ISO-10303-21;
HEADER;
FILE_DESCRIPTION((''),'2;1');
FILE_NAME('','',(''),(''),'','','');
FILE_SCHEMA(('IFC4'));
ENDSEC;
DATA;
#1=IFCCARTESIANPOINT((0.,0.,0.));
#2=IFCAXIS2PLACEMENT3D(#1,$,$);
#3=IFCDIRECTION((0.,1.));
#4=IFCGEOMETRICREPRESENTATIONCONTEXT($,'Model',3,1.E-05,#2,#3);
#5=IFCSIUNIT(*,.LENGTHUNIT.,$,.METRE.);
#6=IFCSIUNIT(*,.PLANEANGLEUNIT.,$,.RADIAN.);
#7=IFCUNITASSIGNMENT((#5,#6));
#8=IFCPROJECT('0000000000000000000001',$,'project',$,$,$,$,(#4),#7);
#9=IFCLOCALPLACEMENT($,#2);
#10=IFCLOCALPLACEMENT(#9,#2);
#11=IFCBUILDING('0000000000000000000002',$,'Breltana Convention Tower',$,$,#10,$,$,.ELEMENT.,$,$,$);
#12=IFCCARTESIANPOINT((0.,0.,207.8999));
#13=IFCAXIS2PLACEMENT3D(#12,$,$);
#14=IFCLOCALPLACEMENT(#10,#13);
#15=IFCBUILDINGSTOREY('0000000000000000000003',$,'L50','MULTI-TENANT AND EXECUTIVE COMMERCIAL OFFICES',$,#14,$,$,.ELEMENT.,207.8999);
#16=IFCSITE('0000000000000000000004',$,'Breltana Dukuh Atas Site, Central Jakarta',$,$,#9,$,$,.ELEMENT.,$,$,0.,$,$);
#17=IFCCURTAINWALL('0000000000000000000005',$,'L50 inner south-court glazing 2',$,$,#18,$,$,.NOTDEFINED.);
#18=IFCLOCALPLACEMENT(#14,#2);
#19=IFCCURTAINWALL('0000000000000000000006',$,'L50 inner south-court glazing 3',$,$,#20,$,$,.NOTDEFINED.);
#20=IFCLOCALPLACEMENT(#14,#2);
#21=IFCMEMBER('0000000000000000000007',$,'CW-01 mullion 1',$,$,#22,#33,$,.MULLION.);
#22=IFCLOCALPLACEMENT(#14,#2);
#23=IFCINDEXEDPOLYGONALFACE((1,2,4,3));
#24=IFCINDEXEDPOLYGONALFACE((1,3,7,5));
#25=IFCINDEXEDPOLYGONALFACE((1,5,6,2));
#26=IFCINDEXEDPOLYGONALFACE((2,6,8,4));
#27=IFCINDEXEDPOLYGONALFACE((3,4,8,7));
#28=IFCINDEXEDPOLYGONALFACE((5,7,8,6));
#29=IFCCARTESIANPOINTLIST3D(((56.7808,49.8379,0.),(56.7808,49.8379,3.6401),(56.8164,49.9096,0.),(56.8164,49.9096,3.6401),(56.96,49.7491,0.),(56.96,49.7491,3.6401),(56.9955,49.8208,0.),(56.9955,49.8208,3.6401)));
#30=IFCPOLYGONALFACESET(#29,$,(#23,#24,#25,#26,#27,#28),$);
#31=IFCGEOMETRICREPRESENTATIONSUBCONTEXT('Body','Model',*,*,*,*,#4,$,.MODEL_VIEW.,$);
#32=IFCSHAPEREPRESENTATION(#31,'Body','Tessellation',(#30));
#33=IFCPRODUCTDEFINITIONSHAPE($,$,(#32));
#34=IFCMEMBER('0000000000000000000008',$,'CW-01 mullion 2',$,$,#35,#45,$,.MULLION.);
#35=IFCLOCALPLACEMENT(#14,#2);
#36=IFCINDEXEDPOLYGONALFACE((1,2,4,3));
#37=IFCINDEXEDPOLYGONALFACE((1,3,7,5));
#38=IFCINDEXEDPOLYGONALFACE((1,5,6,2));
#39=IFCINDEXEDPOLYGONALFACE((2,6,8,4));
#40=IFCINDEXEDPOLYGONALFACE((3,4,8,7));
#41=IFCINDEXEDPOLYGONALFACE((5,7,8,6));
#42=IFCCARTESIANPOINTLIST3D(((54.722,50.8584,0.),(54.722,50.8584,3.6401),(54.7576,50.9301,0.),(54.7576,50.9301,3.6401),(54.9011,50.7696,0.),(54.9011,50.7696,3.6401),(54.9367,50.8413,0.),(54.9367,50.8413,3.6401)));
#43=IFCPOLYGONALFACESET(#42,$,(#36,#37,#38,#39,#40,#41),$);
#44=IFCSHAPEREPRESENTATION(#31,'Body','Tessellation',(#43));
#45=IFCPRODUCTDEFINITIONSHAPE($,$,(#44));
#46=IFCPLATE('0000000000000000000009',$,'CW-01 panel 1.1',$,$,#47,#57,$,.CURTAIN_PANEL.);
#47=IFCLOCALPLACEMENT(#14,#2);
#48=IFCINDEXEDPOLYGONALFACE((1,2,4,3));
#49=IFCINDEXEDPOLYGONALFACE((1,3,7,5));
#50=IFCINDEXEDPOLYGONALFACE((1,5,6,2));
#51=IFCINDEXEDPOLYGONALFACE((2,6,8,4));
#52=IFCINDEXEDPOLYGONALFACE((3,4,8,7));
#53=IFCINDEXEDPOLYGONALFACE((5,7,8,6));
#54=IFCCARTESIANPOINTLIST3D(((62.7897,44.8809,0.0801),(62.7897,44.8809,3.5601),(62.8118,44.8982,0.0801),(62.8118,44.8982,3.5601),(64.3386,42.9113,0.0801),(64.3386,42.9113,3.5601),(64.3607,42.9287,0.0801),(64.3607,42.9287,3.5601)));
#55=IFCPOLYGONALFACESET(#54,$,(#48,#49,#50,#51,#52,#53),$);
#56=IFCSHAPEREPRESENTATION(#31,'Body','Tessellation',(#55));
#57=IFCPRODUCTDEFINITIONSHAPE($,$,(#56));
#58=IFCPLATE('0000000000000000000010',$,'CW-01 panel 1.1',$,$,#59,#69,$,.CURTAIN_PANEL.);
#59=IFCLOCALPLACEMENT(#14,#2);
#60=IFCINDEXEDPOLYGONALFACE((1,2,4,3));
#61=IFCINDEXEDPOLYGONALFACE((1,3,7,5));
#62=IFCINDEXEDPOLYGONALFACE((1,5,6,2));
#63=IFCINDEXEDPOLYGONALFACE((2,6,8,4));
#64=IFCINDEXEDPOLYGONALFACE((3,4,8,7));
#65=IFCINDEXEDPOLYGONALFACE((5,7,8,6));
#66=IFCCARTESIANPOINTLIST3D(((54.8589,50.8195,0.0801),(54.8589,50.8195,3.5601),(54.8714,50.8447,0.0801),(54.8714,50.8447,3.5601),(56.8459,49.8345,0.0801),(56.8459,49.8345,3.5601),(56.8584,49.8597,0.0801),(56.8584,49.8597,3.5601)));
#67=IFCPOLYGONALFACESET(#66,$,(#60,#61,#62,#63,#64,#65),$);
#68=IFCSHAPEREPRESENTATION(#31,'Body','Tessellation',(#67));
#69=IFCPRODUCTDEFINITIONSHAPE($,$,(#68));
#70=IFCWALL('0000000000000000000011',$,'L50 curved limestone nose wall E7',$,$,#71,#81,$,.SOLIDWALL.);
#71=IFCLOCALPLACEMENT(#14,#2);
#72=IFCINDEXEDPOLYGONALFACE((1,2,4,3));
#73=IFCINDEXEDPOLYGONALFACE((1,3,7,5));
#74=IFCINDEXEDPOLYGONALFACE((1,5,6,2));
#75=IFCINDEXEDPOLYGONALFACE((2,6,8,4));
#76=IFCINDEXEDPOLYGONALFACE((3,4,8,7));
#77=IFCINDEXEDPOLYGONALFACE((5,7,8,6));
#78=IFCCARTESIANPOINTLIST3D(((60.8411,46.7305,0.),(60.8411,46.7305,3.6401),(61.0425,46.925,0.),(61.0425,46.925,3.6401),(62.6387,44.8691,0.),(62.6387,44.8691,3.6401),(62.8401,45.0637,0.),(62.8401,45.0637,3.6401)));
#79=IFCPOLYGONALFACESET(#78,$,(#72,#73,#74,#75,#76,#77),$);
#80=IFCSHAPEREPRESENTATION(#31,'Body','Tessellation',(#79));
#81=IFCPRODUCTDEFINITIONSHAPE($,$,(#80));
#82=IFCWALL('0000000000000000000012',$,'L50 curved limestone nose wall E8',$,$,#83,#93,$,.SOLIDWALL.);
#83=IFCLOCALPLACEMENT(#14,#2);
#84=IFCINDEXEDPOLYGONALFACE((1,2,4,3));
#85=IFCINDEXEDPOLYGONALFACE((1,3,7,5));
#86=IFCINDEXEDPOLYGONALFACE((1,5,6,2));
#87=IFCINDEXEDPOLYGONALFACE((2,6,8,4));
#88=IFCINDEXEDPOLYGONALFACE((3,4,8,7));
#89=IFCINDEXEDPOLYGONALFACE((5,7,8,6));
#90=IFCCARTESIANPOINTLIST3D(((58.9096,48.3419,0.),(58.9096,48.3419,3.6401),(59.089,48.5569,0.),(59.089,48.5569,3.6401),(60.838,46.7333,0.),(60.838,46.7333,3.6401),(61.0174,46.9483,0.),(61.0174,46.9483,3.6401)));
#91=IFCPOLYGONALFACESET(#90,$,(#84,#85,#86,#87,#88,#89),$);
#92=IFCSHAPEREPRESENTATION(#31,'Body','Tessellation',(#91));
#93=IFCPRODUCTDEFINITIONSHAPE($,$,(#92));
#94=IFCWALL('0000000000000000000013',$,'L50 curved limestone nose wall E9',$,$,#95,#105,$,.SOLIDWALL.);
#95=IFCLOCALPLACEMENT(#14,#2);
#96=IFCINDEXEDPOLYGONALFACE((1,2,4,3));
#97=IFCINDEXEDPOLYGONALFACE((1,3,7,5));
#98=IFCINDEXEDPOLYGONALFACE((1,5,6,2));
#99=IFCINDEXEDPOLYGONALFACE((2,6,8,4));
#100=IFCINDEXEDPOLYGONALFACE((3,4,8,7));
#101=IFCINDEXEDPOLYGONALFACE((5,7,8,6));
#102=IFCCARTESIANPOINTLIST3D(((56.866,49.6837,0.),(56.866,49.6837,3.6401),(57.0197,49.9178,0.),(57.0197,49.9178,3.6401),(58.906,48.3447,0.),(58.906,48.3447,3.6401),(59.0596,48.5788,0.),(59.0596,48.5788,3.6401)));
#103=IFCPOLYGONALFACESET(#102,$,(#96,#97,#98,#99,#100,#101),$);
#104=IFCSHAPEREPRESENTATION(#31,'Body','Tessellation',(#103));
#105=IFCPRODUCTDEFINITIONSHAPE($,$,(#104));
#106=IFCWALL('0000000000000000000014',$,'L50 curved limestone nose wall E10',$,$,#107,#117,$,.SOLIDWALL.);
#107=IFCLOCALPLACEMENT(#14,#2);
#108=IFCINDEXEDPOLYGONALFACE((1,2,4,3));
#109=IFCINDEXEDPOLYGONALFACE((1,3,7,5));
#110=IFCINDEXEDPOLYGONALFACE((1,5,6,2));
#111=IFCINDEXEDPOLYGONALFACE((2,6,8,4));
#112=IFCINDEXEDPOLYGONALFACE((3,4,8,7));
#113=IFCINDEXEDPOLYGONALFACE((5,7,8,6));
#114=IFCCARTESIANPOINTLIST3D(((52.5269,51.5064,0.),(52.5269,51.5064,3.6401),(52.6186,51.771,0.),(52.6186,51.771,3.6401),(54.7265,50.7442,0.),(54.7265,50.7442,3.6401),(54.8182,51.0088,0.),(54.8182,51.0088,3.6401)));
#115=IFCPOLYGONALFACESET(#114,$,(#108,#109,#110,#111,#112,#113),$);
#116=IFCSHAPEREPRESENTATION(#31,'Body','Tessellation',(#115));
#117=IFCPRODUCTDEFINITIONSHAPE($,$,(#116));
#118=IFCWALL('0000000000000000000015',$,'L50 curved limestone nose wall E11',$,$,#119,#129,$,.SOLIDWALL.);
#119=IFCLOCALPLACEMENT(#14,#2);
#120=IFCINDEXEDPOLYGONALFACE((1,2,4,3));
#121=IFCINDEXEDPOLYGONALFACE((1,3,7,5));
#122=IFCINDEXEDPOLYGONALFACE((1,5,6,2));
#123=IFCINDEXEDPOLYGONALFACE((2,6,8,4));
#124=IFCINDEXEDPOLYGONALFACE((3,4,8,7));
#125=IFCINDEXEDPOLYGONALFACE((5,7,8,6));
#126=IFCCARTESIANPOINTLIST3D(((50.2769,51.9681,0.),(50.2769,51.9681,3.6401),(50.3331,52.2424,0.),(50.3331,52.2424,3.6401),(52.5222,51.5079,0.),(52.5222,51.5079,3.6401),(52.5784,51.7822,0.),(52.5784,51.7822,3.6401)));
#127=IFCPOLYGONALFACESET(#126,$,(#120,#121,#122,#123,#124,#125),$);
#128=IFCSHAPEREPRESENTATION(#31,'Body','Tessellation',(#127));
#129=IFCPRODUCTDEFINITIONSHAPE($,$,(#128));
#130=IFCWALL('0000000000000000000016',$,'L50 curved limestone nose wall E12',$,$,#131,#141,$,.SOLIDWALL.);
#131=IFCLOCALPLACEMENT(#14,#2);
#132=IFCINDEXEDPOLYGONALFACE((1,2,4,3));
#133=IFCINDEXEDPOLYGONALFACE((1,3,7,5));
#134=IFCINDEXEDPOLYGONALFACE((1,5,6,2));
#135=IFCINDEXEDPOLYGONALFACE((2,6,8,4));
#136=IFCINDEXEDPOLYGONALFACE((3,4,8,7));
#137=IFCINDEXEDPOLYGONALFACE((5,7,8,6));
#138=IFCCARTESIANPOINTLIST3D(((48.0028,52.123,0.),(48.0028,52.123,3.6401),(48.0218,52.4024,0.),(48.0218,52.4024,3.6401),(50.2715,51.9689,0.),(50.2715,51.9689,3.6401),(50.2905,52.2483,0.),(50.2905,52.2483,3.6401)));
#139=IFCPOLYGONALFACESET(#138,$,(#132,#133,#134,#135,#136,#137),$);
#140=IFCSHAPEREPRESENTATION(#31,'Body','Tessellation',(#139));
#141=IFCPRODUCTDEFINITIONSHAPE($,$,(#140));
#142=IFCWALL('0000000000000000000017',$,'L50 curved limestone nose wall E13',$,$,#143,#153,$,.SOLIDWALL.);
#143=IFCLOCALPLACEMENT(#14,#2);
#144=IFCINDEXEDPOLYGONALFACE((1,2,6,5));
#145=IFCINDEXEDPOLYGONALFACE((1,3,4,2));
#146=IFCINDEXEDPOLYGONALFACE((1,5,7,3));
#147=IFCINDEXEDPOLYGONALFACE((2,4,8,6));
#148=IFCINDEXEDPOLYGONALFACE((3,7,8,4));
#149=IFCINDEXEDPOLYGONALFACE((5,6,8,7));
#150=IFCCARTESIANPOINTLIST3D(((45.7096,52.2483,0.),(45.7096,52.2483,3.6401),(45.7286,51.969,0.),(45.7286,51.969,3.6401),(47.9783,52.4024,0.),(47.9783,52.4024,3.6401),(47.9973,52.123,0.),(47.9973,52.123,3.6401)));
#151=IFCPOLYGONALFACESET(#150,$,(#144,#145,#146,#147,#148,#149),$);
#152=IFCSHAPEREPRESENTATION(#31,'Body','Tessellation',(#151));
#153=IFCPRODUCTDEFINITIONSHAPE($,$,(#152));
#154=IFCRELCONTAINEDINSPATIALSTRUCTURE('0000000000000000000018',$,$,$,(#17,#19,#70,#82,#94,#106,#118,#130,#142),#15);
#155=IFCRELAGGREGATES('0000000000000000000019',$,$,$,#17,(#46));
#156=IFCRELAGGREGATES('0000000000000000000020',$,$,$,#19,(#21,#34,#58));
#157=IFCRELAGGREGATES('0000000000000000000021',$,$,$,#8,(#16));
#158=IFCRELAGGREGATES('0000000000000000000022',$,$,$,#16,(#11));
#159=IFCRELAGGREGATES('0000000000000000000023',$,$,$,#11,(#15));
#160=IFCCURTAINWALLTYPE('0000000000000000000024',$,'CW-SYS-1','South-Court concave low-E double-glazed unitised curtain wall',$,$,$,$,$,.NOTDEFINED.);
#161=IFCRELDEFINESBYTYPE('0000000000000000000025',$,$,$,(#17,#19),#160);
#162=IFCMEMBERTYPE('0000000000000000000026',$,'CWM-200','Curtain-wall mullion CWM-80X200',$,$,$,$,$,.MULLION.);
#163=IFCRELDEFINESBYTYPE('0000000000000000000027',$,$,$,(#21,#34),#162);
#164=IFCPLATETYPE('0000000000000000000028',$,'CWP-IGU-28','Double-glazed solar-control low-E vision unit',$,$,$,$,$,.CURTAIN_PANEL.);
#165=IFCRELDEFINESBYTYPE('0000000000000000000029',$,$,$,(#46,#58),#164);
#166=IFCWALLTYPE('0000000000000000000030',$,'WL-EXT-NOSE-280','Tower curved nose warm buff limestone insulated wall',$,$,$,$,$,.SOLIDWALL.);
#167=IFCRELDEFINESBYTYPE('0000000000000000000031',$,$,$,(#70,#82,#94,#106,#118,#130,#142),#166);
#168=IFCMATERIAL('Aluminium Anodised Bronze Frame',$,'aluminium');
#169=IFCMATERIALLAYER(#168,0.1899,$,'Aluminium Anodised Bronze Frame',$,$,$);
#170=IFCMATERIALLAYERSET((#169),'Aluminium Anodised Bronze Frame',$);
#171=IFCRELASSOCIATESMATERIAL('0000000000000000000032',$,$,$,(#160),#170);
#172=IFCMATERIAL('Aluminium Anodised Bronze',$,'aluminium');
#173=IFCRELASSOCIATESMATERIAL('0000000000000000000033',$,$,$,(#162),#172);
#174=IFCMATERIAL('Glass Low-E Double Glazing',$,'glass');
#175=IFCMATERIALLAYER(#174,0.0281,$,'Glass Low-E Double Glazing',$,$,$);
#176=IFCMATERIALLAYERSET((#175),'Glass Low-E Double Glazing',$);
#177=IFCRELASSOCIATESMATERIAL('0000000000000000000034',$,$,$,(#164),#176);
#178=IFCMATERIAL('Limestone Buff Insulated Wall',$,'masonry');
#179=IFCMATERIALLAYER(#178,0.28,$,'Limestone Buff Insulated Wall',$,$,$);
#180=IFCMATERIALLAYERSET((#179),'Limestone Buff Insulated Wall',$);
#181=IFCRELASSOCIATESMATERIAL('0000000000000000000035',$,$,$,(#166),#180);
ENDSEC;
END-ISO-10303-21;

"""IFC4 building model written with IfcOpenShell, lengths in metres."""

from ifc_helpers import new_model, si_unit, direction, frame, frame_2d, origin, origin_2d, place, context, subcontext, project, spatial, rectangle, extrude, source, transform, mapped, material, layer, layer_set, material_profile, profile_set, type_object, element, aggregate, save


model = new_model("IFC4")

# Units and contexts
model_context = context("Model", 3, precision=1e-05, world=origin(), true_north=direction((0.0, 1.0)))
body_context = subcontext(model_context, "Body", "Model", "MODEL_VIEW")
ifc_project = project(units=[si_unit("LENGTHUNIT", "METRE"), si_unit("PLANEANGLEUNIT", "RADIAN")], contexts=[model_context])

# Site, building, storey
site_placement = place(None, origin())
site = spatial("IfcSite", under=ifc_project, at=site_placement, Name="Breltana Dukuh Atas Site, Central Jakarta", CompositionType="ELEMENT", RefElevation=0.0)
building_placement = place(site_placement, origin())
building = spatial("IfcBuilding", under=site, at=building_placement, Name="Breltana Convention Tower", CompositionType="ELEMENT")
storey_placement = place(building_placement, frame((0.0, 0.0, 207.8999)))
storey = spatial("IfcBuildingStorey", under=building, at=storey_placement, Name="L50", Description="MULTI-TENANT AND EXECUTIVE COMMERCIAL OFFICES", CompositionType="ELEMENT", Elevation=207.8999)

# Curtain wall
ifc_material_1 = material(Name="Aluminium Anodised Bronze Frame", Category="aluminium")
ifc_layer_1 = layer(ifc_material_1, 0.1899, Name="Aluminium Anodised Bronze Frame")
ifc_layer_set_1 = layer_set([ifc_layer_1], Name="Aluminium Anodised Bronze Frame")
curtain_wall_type = type_object("IfcCurtainWallType", Name="CW-SYS-1", Description="South-Court concave low-E double-glazed unitised curtain wall", PredefinedType="NOTDEFINED", material=ifc_layer_set_1)
curtain_wall_1_placement = place(storey_placement, origin())
curtain_wall_1 = element("IfcCurtainWall", 1, at=curtain_wall_1_placement, inside=storey, type_object=curtain_wall_type, Name="L50 inner south-court glazing 2", PredefinedType="NOTDEFINED")
ifc_material_2 = material(Name="Aluminium Anodised Bronze", Category="aluminium")

# Curtain wall
curtain_wall_2_placement = place(storey_placement, origin())
curtain_wall_2 = element("IfcCurtainWall", 2, at=curtain_wall_2_placement, inside=storey, type_object=curtain_wall_type, Name="L50 inner south-court glazing 3", PredefinedType="NOTDEFINED")

# Members
ifc_material_profile_1 = material_profile(ifc_material_2, rectangle(XDim=0.0801, YDim=0.2, at=origin_2d()), Name="CWM-80X200")
ifc_profile_set_1 = profile_set([ifc_material_profile_1], Name="Aluminium Anodised Bronze")
member_type_1 = type_object("IfcMemberType", Name="CWM-200", Description="Curtain-wall mullion CWM-80X200", PredefinedType="MULLION", material=ifc_profile_set_1)
shared_shape_1 = source(origin(), body_context, "Body", "SweptSolid", [
    extrude(rectangle(XDim=0.0801, YDim=0.2, at=origin_2d()), origin(), (0.0, 0.0, 1.0), 3.6401),
])
member_1_placement = place(storey_placement, frame((56.8882, 49.8293, 0.0), z_axis=(0.0, 0.0, 1.0), x_axis=(-0.444133, -0.895961, 0.0)))
member_1 = element("IfcMember", 3, at=member_1_placement, type_object=member_type_1, Name="CW-01 mullion 1", PredefinedType="MULLION", context=body_context, shape_type="MappedRepresentation", body=[
    mapped(shared_shape_1, transform((0.0, 0.0, 0.0), scale=1.0)),
])
member_2_placement = place(storey_placement, frame((54.8293, 50.8499, 0.0), z_axis=(0.0, 0.0, 1.0), x_axis=(-0.444133, -0.895961, 0.0)))
member_2 = element("IfcMember", 4, at=member_2_placement, type_object=member_type_1, Name="CW-01 mullion 2", PredefinedType="MULLION", context=body_context, shape_type="MappedRepresentation", body=[
    mapped(shared_shape_1, transform((0.0, 0.0, 0.0), scale=1.0)),
])

# Plates
ifc_material_3 = material(Name="Glass Low-E Double Glazing", Category="glass")
ifc_layer_2 = layer(ifc_material_3, 0.0281, Name="Glass Low-E Double Glazing")
ifc_layer_set_2 = layer_set([ifc_layer_2], Name="Glass Low-E Double Glazing")
plate_type = type_object("IfcPlateType", Name="CWP-IGU-28", Description="Double-glazed solar-control low-E vision unit", PredefinedType="CURTAIN_PANEL", material=ifc_layer_set_2)
shared_shape_2 = source(origin(), body_context, "Body", "SweptSolid", [
    extrude(rectangle(XDim=2.5056, YDim=0.0281, at=origin_2d()), origin(), (0.0, 0.0, 1.0), 3.48),
])
plate_1_placement = place(storey_placement, frame((63.5752, 43.9048, 0.0801), z_axis=(0.0, 0.0, 1.0), x_axis=(-0.61815, 0.786061, 0.0)))
plate_1 = element("IfcPlate", 5, at=plate_1_placement, type_object=plate_type, Name="CW-01 panel 1.1", PredefinedType="CURTAIN_PANEL", context=body_context, shape_type="MappedRepresentation", body=[
    mapped(shared_shape_2, transform((0.0, 0.0, 0.0), scale=1.0)),
])
aggregate(curtain_wall_1, [plate_1])
shared_shape_3 = source(origin(), body_context, "Body", "SweptSolid", [
    extrude(rectangle(XDim=2.2178, YDim=0.0281, at=origin_2d()), origin(), (0.0, 0.0, 1.0), 3.48),
])
plate_2_placement = place(storey_placement, frame((55.8586, 50.3396, 0.0801), z_axis=(0.0, 0.0, 1.0), x_axis=(-0.895961, 0.444133, 0.0)))
plate_2 = element("IfcPlate", 6, at=plate_2_placement, type_object=plate_type, Name="CW-01 panel 1.1", PredefinedType="CURTAIN_PANEL", context=body_context, shape_type="MappedRepresentation", body=[
    mapped(shared_shape_3, transform((0.0, 0.0, 0.0), scale=1.0)),
])
aggregate(curtain_wall_2, [member_1, member_2, plate_2])

# Walls
ifc_material_4 = material(Name="Limestone Buff Insulated Wall", Category="masonry")
ifc_layer_3 = layer(ifc_material_4, 0.28, Name="Limestone Buff Insulated Wall")
ifc_layer_set_3 = layer_set([ifc_layer_3], Name="Limestone Buff Insulated Wall")
wall_type_1 = type_object("IfcWallType", Name="WL-EXT-NOSE-280", Description="Tower curved nose warm buff limestone insulated wall", PredefinedType="SOLIDWALL", material=ifc_layer_set_3)
shared_shape_4 = source(origin(), body_context, "Body", "SweptSolid", [
    extrude(rectangle(XDim=2.5876, YDim=0.28, at=frame_2d((1.2939, 0.0))), origin(), (0.0, 0.0, 1.0), 3.6401),
])
wall_1_placement = place(storey_placement, frame((62.7395, 44.9663, 0.0), z_axis=(0.0, 0.0, 1.0), x_axis=(-0.694687, 0.719312, 0.0)))
element("IfcWall", 7, at=wall_1_placement, inside=storey, type_object=wall_type_1, Name="L50 curved limestone nose wall E7", PredefinedType="SOLIDWALL", context=body_context, shape_type="MappedRepresentation", body=[
    mapped(shared_shape_4, transform((0.0, 0.0, 0.0), scale=1.0)),
])
shared_shape_5 = source(origin(), body_context, "Body", "SweptSolid", [
    extrude(rectangle(XDim=2.5112, YDim=0.28, at=frame_2d((1.2556, 0.0))), origin(), (0.0, 0.0, 1.0), 3.6401),
])
wall_2_placement = place(storey_placement, frame((60.9277, 46.8408, 0.0), z_axis=(0.0, 0.0, 1.0), x_axis=(-0.76791, 0.640557, 0.0)))
element("IfcWall", 8, at=wall_2_placement, inside=storey, type_object=wall_type_1, Name="L50 curved limestone nose wall E8", PredefinedType="SOLIDWALL", context=body_context, shape_type="MappedRepresentation", body=[
    mapped(shared_shape_5, transform((0.0, 0.0, 0.0), scale=1.0)),
])
shared_shape_6 = source(origin(), body_context, "Body", "SweptSolid", [
    extrude(rectangle(XDim=2.4402, YDim=0.28, at=frame_2d((1.2202, 0.0))), origin(), (0.0, 0.0, 1.0), 3.6401),
])
wall_3_placement = place(storey_placement, frame((58.9829, 48.4617, 0.0), z_axis=(0.0, 0.0, 1.0), x_axis=(-0.835985, 0.548753, 0.0)))
element("IfcWall", 9, at=wall_3_placement, inside=storey, type_object=wall_type_1, Name="L50 curved limestone nose wall E9", PredefinedType="SOLIDWALL", context=body_context, shape_type="MappedRepresentation", body=[
    mapped(shared_shape_6, transform((0.0, 0.0, 0.0), scale=1.0)),
])
shared_shape_7 = source(origin(), body_context, "Body", "SweptSolid", [
    extrude(rectangle(XDim=2.3279, YDim=0.28, at=frame_2d((1.1641, 0.0))), origin(), (0.0, 0.0, 1.0), 3.6401),
])
wall_4_placement = place(storey_placement, frame((54.7725, 50.8765, 0.0), z_axis=(0.0, 0.0, 1.0), x_axis=(-0.944873, 0.327438, 0.0)))
element("IfcWall", 10, at=wall_4_placement, inside=storey, type_object=wall_type_1, Name="L50 curved limestone nose wall E10", PredefinedType="SOLIDWALL", context=body_context, shape_type="MappedRepresentation", body=[
    mapped(shared_shape_7, transform((0.0, 0.0, 0.0), scale=1.0)),
])
shared_shape_8 = source(origin(), body_context, "Body", "SweptSolid", [
    extrude(rectangle(XDim=2.292, YDim=0.28, at=frame_2d((1.146, 0.0))), origin(), (0.0, 0.0, 1.0), 3.6401),
])
wall_5_placement = place(storey_placement, frame((52.5503, 51.645, 0.0), z_axis=(0.0, 0.0, 1.0), x_axis=(-0.979635, 0.200784, 0.0)))
element("IfcWall", 11, at=wall_5_placement, inside=storey, type_object=wall_type_1, Name="L50 curved limestone nose wall E11", PredefinedType="SOLIDWALL", context=body_context, shape_type="MappedRepresentation", body=[
    mapped(shared_shape_8, transform((0.0, 0.0, 0.0), scale=1.0)),
])
shared_shape_9 = source(origin(), body_context, "Body", "SweptSolid", [
    extrude(rectangle(XDim=2.2739, YDim=0.28, at=frame_2d((1.137, 0.0))), origin(), (0.0, 0.0, 1.0), 3.6401),
])
for number, where, z_axis, x_axis, name in (
    (12, (50.281, 52.1086, 0.0), (0.0, 0.0, 1.0), (-0.997703, 0.067745, 0.0), "L50 curved limestone nose wall E12"),
    (13, (47.9878, 52.2627, 0.0), (0.0, 0.0, 1.0), (-0.997703, -0.067745, 0.0), "L50 curved limestone nose wall E13"),
):
    element("IfcWall", number, at=place(storey_placement, frame(where, z_axis=z_axis, x_axis=x_axis)), inside=storey, type_object=wall_type_1, Name=name, PredefinedType="SOLIDWALL", context=body_context, shape_type="MappedRepresentation", body=[
        mapped(shared_shape_9, transform((0.0, 0.0, 0.0), scale=1.0)),
    ])

save(model, "model.ifc")
